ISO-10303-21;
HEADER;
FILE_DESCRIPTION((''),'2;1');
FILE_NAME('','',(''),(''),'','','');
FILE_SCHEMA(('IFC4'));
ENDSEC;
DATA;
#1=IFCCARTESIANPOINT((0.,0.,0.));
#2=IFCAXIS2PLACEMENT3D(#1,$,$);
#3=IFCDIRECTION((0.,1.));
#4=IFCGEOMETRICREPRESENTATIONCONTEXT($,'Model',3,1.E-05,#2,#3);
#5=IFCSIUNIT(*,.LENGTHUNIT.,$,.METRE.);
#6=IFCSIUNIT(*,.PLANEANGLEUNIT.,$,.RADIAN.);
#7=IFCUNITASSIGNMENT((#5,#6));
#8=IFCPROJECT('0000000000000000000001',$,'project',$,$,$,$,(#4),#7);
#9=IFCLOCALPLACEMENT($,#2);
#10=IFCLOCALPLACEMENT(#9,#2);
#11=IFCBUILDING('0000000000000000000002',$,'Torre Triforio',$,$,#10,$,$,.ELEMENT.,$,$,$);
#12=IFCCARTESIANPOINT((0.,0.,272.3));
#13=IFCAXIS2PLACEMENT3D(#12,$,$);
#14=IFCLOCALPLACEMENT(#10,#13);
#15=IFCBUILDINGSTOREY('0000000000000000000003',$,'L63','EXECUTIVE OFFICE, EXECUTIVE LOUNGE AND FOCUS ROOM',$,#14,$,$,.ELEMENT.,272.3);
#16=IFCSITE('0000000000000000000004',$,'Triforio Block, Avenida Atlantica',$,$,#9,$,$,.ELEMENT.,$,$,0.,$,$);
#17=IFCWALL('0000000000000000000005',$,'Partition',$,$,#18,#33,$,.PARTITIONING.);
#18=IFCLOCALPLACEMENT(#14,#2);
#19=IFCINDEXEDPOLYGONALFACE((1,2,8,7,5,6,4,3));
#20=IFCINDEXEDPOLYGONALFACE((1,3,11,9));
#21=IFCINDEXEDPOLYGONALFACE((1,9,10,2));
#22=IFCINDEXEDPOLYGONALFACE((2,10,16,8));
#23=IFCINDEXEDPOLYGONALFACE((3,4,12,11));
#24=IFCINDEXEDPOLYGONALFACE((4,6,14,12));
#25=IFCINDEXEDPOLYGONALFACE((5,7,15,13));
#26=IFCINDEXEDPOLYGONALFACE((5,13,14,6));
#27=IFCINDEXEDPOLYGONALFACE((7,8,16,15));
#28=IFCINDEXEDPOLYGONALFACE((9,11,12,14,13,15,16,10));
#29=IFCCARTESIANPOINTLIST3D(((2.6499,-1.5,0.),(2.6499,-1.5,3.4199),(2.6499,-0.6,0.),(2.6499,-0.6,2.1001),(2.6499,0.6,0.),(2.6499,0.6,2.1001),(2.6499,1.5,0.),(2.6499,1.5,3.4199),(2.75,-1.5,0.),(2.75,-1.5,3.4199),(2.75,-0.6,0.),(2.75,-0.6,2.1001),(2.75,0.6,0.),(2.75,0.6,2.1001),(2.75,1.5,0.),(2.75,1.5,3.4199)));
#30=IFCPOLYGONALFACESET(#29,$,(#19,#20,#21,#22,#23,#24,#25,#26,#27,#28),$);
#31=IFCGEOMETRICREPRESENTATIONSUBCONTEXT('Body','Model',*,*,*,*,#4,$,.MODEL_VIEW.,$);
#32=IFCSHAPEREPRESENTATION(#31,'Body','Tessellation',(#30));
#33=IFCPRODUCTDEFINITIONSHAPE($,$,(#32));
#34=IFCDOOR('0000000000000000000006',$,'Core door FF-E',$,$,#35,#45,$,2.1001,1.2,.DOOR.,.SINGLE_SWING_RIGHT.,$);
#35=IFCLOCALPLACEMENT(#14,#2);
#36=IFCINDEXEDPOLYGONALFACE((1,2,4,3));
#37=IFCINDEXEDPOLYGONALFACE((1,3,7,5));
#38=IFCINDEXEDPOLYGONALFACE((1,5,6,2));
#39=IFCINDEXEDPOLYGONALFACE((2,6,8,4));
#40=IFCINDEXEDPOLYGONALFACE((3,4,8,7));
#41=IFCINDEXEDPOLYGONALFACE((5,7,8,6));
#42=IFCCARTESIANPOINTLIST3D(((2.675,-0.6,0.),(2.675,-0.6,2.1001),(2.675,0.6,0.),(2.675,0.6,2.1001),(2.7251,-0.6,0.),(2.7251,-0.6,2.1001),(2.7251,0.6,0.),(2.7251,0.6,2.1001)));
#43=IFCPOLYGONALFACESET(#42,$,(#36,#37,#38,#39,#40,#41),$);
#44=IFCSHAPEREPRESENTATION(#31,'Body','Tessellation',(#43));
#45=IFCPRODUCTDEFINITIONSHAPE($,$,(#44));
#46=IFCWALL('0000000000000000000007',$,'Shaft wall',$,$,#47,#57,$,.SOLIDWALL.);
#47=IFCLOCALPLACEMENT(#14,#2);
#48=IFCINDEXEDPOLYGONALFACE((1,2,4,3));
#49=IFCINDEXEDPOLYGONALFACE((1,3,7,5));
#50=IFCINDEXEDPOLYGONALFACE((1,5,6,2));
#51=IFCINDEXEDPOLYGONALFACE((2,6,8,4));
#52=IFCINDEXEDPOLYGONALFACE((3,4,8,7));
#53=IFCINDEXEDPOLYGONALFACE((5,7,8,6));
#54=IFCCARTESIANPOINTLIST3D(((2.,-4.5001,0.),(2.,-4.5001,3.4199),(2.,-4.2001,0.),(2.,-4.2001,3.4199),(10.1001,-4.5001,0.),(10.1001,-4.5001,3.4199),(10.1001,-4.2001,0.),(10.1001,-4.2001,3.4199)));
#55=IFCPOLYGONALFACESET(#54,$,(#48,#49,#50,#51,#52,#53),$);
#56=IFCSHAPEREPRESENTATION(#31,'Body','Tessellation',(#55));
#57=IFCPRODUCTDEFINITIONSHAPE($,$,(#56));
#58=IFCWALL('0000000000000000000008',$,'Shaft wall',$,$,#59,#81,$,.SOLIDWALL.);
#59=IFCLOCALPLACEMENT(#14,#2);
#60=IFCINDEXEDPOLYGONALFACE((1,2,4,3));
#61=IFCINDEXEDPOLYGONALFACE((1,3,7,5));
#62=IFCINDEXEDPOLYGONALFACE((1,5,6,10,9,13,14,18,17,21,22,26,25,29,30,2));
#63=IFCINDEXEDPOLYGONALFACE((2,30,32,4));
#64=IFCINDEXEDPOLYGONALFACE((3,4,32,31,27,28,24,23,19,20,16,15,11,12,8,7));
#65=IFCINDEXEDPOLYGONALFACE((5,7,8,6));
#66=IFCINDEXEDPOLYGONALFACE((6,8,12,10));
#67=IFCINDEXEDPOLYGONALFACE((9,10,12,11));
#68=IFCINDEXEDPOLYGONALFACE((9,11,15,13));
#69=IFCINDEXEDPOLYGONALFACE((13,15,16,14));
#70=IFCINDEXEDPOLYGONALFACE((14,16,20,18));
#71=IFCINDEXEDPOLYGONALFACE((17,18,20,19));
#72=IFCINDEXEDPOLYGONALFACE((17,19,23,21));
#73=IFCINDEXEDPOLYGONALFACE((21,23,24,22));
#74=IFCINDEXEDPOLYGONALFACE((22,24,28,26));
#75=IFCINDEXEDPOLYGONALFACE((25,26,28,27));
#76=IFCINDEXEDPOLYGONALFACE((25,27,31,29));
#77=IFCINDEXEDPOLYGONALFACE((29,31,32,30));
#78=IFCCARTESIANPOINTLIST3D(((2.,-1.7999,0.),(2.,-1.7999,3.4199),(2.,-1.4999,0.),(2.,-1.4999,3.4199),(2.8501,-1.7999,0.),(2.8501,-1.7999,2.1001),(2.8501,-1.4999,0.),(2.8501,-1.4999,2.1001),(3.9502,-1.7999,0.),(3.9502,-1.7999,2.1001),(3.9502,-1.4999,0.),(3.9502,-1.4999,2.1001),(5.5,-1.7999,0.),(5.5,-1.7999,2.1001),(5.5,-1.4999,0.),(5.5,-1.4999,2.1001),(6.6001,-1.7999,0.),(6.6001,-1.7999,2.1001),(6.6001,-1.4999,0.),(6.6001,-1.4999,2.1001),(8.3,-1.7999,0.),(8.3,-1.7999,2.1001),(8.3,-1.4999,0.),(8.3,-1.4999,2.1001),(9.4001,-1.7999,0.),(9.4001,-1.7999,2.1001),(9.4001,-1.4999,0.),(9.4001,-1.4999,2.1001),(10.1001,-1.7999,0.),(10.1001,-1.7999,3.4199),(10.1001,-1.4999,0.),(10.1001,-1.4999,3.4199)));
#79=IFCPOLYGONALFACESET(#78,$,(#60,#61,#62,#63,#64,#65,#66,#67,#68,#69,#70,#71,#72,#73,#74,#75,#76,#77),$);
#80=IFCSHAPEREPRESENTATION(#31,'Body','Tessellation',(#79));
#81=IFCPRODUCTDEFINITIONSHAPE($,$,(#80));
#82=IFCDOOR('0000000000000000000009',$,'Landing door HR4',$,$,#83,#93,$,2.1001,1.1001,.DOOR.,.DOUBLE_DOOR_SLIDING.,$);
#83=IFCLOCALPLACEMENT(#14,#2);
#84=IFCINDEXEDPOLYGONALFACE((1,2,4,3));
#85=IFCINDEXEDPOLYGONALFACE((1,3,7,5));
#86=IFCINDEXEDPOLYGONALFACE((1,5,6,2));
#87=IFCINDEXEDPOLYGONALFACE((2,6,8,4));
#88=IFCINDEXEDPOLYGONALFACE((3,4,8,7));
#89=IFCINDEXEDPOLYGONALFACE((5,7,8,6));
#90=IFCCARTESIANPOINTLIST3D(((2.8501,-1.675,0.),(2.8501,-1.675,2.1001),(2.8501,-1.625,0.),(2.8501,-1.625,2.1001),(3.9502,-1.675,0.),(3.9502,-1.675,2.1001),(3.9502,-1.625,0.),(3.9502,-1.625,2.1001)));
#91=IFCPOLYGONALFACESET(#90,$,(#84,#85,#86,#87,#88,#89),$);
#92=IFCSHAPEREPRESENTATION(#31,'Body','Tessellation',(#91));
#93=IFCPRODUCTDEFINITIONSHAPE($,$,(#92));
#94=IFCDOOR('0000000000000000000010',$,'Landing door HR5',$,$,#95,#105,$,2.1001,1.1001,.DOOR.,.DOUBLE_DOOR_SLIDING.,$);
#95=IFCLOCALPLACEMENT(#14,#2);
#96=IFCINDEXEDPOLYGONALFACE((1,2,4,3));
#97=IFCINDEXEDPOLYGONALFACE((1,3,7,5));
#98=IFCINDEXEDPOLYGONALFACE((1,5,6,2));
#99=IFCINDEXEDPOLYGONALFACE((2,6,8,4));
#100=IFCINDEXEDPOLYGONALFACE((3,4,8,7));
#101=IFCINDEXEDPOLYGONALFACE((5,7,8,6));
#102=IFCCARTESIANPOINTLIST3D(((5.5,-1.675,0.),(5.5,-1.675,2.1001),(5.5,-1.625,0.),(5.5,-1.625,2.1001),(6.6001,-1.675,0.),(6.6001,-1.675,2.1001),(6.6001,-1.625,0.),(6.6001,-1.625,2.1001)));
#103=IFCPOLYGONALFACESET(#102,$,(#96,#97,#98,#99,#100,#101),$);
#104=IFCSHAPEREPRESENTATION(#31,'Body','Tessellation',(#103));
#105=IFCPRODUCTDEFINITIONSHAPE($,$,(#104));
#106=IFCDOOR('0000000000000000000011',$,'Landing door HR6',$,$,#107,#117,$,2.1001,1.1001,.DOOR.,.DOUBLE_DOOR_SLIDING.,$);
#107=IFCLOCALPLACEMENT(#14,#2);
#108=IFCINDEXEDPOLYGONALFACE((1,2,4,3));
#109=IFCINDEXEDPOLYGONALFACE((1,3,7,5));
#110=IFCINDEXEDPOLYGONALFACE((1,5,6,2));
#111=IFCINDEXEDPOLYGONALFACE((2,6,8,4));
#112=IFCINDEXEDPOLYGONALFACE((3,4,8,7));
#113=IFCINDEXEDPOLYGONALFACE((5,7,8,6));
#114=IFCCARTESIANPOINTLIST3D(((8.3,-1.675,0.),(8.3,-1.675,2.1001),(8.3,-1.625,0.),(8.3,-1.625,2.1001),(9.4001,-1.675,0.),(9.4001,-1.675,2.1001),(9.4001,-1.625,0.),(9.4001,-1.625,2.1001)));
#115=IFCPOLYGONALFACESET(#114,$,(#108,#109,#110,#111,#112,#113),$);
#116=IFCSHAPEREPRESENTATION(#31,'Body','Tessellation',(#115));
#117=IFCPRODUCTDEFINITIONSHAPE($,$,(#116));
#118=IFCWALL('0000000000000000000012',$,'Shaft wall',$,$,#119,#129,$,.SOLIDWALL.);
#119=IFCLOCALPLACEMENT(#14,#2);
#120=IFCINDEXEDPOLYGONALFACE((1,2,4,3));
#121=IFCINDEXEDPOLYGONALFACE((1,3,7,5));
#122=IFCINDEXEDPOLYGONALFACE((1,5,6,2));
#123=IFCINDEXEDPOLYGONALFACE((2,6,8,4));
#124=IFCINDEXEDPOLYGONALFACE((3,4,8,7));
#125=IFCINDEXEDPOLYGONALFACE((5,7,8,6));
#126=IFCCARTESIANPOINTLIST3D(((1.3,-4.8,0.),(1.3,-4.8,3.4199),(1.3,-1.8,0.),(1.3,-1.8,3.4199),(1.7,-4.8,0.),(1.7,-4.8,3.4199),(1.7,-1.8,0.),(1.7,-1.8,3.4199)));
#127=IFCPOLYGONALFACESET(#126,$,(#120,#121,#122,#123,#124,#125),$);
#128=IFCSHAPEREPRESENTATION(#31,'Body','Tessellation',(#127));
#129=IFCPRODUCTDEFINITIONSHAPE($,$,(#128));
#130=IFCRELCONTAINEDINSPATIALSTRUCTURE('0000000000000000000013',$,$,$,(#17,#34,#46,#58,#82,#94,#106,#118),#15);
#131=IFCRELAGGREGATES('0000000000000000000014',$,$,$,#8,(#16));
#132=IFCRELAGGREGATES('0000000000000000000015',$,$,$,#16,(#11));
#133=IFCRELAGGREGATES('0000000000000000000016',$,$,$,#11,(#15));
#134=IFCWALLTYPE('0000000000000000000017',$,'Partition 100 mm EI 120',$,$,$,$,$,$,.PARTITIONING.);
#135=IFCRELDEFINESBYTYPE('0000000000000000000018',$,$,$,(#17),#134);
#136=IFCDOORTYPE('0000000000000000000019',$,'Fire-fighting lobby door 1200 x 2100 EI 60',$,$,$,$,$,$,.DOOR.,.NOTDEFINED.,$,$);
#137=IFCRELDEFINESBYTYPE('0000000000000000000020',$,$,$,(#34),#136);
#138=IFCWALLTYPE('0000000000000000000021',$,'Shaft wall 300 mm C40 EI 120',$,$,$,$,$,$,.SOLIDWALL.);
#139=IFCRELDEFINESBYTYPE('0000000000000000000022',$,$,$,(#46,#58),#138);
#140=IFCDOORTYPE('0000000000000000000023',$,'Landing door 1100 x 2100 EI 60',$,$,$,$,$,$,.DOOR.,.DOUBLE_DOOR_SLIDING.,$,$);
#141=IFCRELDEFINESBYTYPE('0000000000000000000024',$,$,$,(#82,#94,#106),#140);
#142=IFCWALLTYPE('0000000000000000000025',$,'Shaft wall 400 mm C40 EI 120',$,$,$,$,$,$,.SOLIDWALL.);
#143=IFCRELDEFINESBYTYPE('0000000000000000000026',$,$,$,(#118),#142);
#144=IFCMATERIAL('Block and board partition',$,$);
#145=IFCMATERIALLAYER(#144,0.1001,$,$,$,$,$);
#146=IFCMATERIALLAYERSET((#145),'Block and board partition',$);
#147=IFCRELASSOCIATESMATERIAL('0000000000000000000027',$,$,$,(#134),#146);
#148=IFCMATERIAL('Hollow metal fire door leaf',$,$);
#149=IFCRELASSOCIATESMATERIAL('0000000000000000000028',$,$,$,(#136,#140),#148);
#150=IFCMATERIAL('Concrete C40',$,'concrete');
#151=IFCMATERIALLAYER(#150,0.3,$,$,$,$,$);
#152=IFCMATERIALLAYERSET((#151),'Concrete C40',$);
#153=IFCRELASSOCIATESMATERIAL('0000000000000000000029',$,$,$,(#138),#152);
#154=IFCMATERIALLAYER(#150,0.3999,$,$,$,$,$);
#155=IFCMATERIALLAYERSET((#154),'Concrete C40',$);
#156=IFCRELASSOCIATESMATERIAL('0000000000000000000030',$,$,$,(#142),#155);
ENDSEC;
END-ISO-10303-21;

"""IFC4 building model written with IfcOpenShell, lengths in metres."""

from ifc_helpers import new_model, si_unit, direction, frame, frame_2d, origin, place, context, subcontext, project, spatial, rectangle, extrude, material, layer, layer_set, type_object, element, fill, save


model = new_model("IFC4")

# Units and contexts
model_context = context("Model", 3, precision=1e-05, world=origin(), true_north=direction((0.0, 1.0)))
body_context = subcontext(model_context, "Body", "Model", "MODEL_VIEW")
ifc_project = project(units=[si_unit("LENGTHUNIT", "METRE"), si_unit("PLANEANGLEUNIT", "RADIAN")], contexts=[model_context])

# Site, building, storey
site_placement = place(None, origin())
site = spatial("IfcSite", under=ifc_project, at=site_placement, Name="Triforio Block, Avenida Atlantica", CompositionType="ELEMENT", RefElevation=0.0)
building_placement = place(site_placement, origin())
building = spatial("IfcBuilding", under=site, at=building_placement, Name="Torre Triforio", CompositionType="ELEMENT")
storey_placement = place(building_placement, frame((0.0, 0.0, 272.3)))
storey = spatial("IfcBuildingStorey", under=building, at=storey_placement, Name="L63", Description="EXECUTIVE OFFICE, EXECUTIVE LOUNGE AND FOCUS ROOM", CompositionType="ELEMENT", Elevation=272.3)

# Shared definitions
ifc_material_1 = material(Name="Concrete C40", Category="concrete")

# Wall, opening, door
ifc_material_2 = material(Name="Block and board partition")
ifc_layer_1 = layer(ifc_material_2, 0.1001)
ifc_layer_set_1 = layer_set([ifc_layer_1], Name="Block and board partition")
wall_type_1 = type_object("IfcWallType", Name="Partition 100 mm EI 120", PredefinedType="PARTITIONING", material=ifc_layer_set_1)
wall_1_placement = place(storey_placement, frame((2.7, -1.5, 0.0), z_axis=(0.0, 0.0, 1.0), x_axis=(0.0, 1.0, 0.0)))
wall_1 = element("IfcWall", 1, at=wall_1_placement, inside=storey, type_object=wall_type_1, Name="Partition", PredefinedType="PARTITIONING", context=body_context, shape_type="SweptSolid", body=[
    extrude(rectangle(XDim=3.0, YDim=0.1001, at=frame_2d((1.5, 0.0))), origin(), (0.0, 0.0, 1.0), 3.4199),
])
opening_1_placement = place(wall_1_placement, frame((0.8999, 0.0, 0.0)))
opening_1 = element("IfcOpeningElement", 2, at=opening_1_placement, cuts=wall_1, PredefinedType="OPENING", context=body_context, shape_type="SweptSolid", body=[
    extrude(rectangle(XDim=1.2, YDim=2.1001, at=frame_2d((0.6001, 1.05))), frame((0.0, 0.0601, 0.0), z_axis=(0.0, -1.0, 0.0), x_axis=(1.0, 0.0, 0.0)), (0.0, 0.0, 1.0), 0.1201),
])
ifc_material_3 = material(Name="Hollow metal fire door leaf")
door_type_1 = type_object("IfcDoorType", Name="Fire-fighting lobby door 1200 x 2100 EI 60", OperationType="NOTDEFINED", PredefinedType="DOOR", material=ifc_material_3)
door_1_placement = place(opening_1_placement, origin())
door_1 = element("IfcDoor", 3, at=door_1_placement, inside=storey, type_object=door_type_1, Name="Core door FF-E", OperationType="SINGLE_SWING_RIGHT", OverallHeight=2.1001, OverallWidth=1.2, PredefinedType="DOOR", context=body_context, shape_type="SweptSolid", body=[
    extrude(rectangle(XDim=1.2, YDim=2.1001, at=frame_2d((0.6001, 1.05))), frame((0.0, 0.0249, 0.0), z_axis=(0.0, -1.0, 0.0), x_axis=(1.0, 0.0, 0.0)), (0.0, 0.0, 1.0), 0.05),
])
fill(opening_1, door_1)

# Wall
ifc_layer_2 = layer(ifc_material_1, 0.3)
ifc_layer_set_2 = layer_set([ifc_layer_2], Name="Concrete C40")
wall_type_2 = type_object("IfcWallType", Name="Shaft wall 300 mm C40 EI 120", PredefinedType="SOLIDWALL", material=ifc_layer_set_2)
wall_2_placement = place(storey_placement, frame((2.0, -4.3501, 0.0), z_axis=(0.0, 0.0, 1.0), x_axis=(1.0, 0.0, 0.0)))
element("IfcWall", 4, at=wall_2_placement, inside=storey, type_object=wall_type_2, Name="Shaft wall", PredefinedType="SOLIDWALL", context=body_context, shape_type="SweptSolid", body=[
    extrude(rectangle(XDim=8.1001, YDim=0.3, at=frame_2d((4.05, 0.0))), origin(), (0.0, 0.0, 1.0), 3.4199),
])

# Wall, openings, doors
wall_3_placement = place(storey_placement, frame((2.0, -1.6499, 0.0), z_axis=(0.0, 0.0, 1.0), x_axis=(1.0, 0.0, 0.0)))
wall_3 = element("IfcWall", 5, at=wall_3_placement, inside=storey, type_object=wall_type_2, Name="Shaft wall", PredefinedType="SOLIDWALL", context=body_context, shape_type="SweptSolid", body=[
    extrude(rectangle(XDim=8.1001, YDim=0.3, at=frame_2d((4.05, 0.0))), origin(), (0.0, 0.0, 1.0), 3.4199),
])
opening_2_placement = place(wall_3_placement, frame((0.8501, 0.0, 0.0)))
opening_2 = element("IfcOpeningElement", 6, at=opening_2_placement, cuts=wall_3, PredefinedType="OPENING", context=body_context, shape_type="SweptSolid", body=[
    extrude(rectangle(XDim=1.1001, YDim=2.1001, at=frame_2d((0.55, 1.05))), frame((0.0, 0.1599, 0.0), z_axis=(0.0, -1.0, 0.0), x_axis=(1.0, 0.0, 0.0)), (0.0, 0.0, 1.0), 0.3201),
])
opening_3_placement = place(wall_3_placement, frame((3.5, 0.0, 0.0)))
opening_3 = element("IfcOpeningElement", 7, at=opening_3_placement, cuts=wall_3, PredefinedType="OPENING", context=body_context, shape_type="SweptSolid", body=[
    extrude(rectangle(XDim=1.1001, YDim=2.1001, at=frame_2d((0.55, 1.05))), frame((0.0, 0.1599, 0.0), z_axis=(0.0, -1.0, 0.0), x_axis=(1.0, 0.0, 0.0)), (0.0, 0.0, 1.0), 0.3201),
])
opening_4_placement = place(wall_3_placement, frame((6.3, 0.0, 0.0)))
opening_4 = element("IfcOpeningElement", 8, at=opening_4_placement, cuts=wall_3, PredefinedType="OPENING", context=body_context, shape_type="SweptSolid", body=[
    extrude(rectangle(XDim=1.1001, YDim=2.1001, at=frame_2d((0.55, 1.05))), frame((0.0, 0.1599, 0.0), z_axis=(0.0, -1.0, 0.0), x_axis=(1.0, 0.0, 0.0)), (0.0, 0.0, 1.0), 0.3201),
])
door_type_2 = type_object("IfcDoorType", Name="Landing door 1100 x 2100 EI 60", OperationType="DOUBLE_DOOR_SLIDING", PredefinedType="DOOR", material=ifc_material_3)
door_2_placement = place(opening_2_placement, origin())
door_2 = element("IfcDoor", 9, at=door_2_placement, inside=storey, type_object=door_type_2, Name="Landing door HR4", OperationType="DOUBLE_DOOR_SLIDING", OverallHeight=2.1001, OverallWidth=1.1001, PredefinedType="DOOR", context=body_context, shape_type="SweptSolid", body=[
    extrude(rectangle(XDim=1.1001, YDim=2.1001, at=frame_2d((0.55, 1.05))), frame((0.0, 0.0249, 0.0), z_axis=(0.0, -1.0, 0.0), x_axis=(1.0, 0.0, 0.0)), (0.0, 0.0, 1.0), 0.05),
])
fill(opening_2, door_2)
door_3_placement = place(opening_3_placement, origin())
door_3 = element("IfcDoor", 10, at=door_3_placement, inside=storey, type_object=door_type_2, Name="Landing door HR5", OperationType="DOUBLE_DOOR_SLIDING", OverallHeight=2.1001, OverallWidth=1.1001, PredefinedType="DOOR", context=body_context, shape_type="SweptSolid", body=[
    extrude(rectangle(XDim=1.1001, YDim=2.1001, at=frame_2d((0.55, 1.05))), frame((0.0, 0.0249, 0.0), z_axis=(0.0, -1.0, 0.0), x_axis=(1.0, 0.0, 0.0)), (0.0, 0.0, 1.0), 0.05),
])
fill(opening_3, door_3)
door_4_placement = place(opening_4_placement, origin())
door_4 = element("IfcDoor", 11, at=door_4_placement, inside=storey, type_object=door_type_2, Name="Landing door HR6", OperationType="DOUBLE_DOOR_SLIDING", OverallHeight=2.1001, OverallWidth=1.1001, PredefinedType="DOOR", context=body_context, shape_type="SweptSolid", body=[
    extrude(rectangle(XDim=1.1001, YDim=2.1001, at=frame_2d((0.55, 1.05))), frame((0.0, 0.0249, 0.0), z_axis=(0.0, -1.0, 0.0), x_axis=(1.0, 0.0, 0.0)), (0.0, 0.0, 1.0), 0.05),
])
fill(opening_4, door_4)

# Wall
ifc_layer_3 = layer(ifc_material_1, 0.3999)
ifc_layer_set_3 = layer_set([ifc_layer_3], Name="Concrete C40")
wall_type_3 = type_object("IfcWallType", Name="Shaft wall 400 mm C40 EI 120", PredefinedType="SOLIDWALL", material=ifc_layer_set_3)
wall_4_placement = place(storey_placement, frame((1.5, -4.8, 0.0), z_axis=(0.0, 0.0, 1.0), x_axis=(0.0, 1.0, 0.0)))
element("IfcWall", 12, at=wall_4_placement, inside=storey, type_object=wall_type_3, Name="Shaft wall", PredefinedType="SOLIDWALL", context=body_context, shape_type="SweptSolid", body=[
    extrude(rectangle(XDim=3.0, YDim=0.3999, at=frame_2d((1.5, 0.0))), origin(), (0.0, 0.0, 1.0), 3.4199),
])

save(model, "model.ifc")
